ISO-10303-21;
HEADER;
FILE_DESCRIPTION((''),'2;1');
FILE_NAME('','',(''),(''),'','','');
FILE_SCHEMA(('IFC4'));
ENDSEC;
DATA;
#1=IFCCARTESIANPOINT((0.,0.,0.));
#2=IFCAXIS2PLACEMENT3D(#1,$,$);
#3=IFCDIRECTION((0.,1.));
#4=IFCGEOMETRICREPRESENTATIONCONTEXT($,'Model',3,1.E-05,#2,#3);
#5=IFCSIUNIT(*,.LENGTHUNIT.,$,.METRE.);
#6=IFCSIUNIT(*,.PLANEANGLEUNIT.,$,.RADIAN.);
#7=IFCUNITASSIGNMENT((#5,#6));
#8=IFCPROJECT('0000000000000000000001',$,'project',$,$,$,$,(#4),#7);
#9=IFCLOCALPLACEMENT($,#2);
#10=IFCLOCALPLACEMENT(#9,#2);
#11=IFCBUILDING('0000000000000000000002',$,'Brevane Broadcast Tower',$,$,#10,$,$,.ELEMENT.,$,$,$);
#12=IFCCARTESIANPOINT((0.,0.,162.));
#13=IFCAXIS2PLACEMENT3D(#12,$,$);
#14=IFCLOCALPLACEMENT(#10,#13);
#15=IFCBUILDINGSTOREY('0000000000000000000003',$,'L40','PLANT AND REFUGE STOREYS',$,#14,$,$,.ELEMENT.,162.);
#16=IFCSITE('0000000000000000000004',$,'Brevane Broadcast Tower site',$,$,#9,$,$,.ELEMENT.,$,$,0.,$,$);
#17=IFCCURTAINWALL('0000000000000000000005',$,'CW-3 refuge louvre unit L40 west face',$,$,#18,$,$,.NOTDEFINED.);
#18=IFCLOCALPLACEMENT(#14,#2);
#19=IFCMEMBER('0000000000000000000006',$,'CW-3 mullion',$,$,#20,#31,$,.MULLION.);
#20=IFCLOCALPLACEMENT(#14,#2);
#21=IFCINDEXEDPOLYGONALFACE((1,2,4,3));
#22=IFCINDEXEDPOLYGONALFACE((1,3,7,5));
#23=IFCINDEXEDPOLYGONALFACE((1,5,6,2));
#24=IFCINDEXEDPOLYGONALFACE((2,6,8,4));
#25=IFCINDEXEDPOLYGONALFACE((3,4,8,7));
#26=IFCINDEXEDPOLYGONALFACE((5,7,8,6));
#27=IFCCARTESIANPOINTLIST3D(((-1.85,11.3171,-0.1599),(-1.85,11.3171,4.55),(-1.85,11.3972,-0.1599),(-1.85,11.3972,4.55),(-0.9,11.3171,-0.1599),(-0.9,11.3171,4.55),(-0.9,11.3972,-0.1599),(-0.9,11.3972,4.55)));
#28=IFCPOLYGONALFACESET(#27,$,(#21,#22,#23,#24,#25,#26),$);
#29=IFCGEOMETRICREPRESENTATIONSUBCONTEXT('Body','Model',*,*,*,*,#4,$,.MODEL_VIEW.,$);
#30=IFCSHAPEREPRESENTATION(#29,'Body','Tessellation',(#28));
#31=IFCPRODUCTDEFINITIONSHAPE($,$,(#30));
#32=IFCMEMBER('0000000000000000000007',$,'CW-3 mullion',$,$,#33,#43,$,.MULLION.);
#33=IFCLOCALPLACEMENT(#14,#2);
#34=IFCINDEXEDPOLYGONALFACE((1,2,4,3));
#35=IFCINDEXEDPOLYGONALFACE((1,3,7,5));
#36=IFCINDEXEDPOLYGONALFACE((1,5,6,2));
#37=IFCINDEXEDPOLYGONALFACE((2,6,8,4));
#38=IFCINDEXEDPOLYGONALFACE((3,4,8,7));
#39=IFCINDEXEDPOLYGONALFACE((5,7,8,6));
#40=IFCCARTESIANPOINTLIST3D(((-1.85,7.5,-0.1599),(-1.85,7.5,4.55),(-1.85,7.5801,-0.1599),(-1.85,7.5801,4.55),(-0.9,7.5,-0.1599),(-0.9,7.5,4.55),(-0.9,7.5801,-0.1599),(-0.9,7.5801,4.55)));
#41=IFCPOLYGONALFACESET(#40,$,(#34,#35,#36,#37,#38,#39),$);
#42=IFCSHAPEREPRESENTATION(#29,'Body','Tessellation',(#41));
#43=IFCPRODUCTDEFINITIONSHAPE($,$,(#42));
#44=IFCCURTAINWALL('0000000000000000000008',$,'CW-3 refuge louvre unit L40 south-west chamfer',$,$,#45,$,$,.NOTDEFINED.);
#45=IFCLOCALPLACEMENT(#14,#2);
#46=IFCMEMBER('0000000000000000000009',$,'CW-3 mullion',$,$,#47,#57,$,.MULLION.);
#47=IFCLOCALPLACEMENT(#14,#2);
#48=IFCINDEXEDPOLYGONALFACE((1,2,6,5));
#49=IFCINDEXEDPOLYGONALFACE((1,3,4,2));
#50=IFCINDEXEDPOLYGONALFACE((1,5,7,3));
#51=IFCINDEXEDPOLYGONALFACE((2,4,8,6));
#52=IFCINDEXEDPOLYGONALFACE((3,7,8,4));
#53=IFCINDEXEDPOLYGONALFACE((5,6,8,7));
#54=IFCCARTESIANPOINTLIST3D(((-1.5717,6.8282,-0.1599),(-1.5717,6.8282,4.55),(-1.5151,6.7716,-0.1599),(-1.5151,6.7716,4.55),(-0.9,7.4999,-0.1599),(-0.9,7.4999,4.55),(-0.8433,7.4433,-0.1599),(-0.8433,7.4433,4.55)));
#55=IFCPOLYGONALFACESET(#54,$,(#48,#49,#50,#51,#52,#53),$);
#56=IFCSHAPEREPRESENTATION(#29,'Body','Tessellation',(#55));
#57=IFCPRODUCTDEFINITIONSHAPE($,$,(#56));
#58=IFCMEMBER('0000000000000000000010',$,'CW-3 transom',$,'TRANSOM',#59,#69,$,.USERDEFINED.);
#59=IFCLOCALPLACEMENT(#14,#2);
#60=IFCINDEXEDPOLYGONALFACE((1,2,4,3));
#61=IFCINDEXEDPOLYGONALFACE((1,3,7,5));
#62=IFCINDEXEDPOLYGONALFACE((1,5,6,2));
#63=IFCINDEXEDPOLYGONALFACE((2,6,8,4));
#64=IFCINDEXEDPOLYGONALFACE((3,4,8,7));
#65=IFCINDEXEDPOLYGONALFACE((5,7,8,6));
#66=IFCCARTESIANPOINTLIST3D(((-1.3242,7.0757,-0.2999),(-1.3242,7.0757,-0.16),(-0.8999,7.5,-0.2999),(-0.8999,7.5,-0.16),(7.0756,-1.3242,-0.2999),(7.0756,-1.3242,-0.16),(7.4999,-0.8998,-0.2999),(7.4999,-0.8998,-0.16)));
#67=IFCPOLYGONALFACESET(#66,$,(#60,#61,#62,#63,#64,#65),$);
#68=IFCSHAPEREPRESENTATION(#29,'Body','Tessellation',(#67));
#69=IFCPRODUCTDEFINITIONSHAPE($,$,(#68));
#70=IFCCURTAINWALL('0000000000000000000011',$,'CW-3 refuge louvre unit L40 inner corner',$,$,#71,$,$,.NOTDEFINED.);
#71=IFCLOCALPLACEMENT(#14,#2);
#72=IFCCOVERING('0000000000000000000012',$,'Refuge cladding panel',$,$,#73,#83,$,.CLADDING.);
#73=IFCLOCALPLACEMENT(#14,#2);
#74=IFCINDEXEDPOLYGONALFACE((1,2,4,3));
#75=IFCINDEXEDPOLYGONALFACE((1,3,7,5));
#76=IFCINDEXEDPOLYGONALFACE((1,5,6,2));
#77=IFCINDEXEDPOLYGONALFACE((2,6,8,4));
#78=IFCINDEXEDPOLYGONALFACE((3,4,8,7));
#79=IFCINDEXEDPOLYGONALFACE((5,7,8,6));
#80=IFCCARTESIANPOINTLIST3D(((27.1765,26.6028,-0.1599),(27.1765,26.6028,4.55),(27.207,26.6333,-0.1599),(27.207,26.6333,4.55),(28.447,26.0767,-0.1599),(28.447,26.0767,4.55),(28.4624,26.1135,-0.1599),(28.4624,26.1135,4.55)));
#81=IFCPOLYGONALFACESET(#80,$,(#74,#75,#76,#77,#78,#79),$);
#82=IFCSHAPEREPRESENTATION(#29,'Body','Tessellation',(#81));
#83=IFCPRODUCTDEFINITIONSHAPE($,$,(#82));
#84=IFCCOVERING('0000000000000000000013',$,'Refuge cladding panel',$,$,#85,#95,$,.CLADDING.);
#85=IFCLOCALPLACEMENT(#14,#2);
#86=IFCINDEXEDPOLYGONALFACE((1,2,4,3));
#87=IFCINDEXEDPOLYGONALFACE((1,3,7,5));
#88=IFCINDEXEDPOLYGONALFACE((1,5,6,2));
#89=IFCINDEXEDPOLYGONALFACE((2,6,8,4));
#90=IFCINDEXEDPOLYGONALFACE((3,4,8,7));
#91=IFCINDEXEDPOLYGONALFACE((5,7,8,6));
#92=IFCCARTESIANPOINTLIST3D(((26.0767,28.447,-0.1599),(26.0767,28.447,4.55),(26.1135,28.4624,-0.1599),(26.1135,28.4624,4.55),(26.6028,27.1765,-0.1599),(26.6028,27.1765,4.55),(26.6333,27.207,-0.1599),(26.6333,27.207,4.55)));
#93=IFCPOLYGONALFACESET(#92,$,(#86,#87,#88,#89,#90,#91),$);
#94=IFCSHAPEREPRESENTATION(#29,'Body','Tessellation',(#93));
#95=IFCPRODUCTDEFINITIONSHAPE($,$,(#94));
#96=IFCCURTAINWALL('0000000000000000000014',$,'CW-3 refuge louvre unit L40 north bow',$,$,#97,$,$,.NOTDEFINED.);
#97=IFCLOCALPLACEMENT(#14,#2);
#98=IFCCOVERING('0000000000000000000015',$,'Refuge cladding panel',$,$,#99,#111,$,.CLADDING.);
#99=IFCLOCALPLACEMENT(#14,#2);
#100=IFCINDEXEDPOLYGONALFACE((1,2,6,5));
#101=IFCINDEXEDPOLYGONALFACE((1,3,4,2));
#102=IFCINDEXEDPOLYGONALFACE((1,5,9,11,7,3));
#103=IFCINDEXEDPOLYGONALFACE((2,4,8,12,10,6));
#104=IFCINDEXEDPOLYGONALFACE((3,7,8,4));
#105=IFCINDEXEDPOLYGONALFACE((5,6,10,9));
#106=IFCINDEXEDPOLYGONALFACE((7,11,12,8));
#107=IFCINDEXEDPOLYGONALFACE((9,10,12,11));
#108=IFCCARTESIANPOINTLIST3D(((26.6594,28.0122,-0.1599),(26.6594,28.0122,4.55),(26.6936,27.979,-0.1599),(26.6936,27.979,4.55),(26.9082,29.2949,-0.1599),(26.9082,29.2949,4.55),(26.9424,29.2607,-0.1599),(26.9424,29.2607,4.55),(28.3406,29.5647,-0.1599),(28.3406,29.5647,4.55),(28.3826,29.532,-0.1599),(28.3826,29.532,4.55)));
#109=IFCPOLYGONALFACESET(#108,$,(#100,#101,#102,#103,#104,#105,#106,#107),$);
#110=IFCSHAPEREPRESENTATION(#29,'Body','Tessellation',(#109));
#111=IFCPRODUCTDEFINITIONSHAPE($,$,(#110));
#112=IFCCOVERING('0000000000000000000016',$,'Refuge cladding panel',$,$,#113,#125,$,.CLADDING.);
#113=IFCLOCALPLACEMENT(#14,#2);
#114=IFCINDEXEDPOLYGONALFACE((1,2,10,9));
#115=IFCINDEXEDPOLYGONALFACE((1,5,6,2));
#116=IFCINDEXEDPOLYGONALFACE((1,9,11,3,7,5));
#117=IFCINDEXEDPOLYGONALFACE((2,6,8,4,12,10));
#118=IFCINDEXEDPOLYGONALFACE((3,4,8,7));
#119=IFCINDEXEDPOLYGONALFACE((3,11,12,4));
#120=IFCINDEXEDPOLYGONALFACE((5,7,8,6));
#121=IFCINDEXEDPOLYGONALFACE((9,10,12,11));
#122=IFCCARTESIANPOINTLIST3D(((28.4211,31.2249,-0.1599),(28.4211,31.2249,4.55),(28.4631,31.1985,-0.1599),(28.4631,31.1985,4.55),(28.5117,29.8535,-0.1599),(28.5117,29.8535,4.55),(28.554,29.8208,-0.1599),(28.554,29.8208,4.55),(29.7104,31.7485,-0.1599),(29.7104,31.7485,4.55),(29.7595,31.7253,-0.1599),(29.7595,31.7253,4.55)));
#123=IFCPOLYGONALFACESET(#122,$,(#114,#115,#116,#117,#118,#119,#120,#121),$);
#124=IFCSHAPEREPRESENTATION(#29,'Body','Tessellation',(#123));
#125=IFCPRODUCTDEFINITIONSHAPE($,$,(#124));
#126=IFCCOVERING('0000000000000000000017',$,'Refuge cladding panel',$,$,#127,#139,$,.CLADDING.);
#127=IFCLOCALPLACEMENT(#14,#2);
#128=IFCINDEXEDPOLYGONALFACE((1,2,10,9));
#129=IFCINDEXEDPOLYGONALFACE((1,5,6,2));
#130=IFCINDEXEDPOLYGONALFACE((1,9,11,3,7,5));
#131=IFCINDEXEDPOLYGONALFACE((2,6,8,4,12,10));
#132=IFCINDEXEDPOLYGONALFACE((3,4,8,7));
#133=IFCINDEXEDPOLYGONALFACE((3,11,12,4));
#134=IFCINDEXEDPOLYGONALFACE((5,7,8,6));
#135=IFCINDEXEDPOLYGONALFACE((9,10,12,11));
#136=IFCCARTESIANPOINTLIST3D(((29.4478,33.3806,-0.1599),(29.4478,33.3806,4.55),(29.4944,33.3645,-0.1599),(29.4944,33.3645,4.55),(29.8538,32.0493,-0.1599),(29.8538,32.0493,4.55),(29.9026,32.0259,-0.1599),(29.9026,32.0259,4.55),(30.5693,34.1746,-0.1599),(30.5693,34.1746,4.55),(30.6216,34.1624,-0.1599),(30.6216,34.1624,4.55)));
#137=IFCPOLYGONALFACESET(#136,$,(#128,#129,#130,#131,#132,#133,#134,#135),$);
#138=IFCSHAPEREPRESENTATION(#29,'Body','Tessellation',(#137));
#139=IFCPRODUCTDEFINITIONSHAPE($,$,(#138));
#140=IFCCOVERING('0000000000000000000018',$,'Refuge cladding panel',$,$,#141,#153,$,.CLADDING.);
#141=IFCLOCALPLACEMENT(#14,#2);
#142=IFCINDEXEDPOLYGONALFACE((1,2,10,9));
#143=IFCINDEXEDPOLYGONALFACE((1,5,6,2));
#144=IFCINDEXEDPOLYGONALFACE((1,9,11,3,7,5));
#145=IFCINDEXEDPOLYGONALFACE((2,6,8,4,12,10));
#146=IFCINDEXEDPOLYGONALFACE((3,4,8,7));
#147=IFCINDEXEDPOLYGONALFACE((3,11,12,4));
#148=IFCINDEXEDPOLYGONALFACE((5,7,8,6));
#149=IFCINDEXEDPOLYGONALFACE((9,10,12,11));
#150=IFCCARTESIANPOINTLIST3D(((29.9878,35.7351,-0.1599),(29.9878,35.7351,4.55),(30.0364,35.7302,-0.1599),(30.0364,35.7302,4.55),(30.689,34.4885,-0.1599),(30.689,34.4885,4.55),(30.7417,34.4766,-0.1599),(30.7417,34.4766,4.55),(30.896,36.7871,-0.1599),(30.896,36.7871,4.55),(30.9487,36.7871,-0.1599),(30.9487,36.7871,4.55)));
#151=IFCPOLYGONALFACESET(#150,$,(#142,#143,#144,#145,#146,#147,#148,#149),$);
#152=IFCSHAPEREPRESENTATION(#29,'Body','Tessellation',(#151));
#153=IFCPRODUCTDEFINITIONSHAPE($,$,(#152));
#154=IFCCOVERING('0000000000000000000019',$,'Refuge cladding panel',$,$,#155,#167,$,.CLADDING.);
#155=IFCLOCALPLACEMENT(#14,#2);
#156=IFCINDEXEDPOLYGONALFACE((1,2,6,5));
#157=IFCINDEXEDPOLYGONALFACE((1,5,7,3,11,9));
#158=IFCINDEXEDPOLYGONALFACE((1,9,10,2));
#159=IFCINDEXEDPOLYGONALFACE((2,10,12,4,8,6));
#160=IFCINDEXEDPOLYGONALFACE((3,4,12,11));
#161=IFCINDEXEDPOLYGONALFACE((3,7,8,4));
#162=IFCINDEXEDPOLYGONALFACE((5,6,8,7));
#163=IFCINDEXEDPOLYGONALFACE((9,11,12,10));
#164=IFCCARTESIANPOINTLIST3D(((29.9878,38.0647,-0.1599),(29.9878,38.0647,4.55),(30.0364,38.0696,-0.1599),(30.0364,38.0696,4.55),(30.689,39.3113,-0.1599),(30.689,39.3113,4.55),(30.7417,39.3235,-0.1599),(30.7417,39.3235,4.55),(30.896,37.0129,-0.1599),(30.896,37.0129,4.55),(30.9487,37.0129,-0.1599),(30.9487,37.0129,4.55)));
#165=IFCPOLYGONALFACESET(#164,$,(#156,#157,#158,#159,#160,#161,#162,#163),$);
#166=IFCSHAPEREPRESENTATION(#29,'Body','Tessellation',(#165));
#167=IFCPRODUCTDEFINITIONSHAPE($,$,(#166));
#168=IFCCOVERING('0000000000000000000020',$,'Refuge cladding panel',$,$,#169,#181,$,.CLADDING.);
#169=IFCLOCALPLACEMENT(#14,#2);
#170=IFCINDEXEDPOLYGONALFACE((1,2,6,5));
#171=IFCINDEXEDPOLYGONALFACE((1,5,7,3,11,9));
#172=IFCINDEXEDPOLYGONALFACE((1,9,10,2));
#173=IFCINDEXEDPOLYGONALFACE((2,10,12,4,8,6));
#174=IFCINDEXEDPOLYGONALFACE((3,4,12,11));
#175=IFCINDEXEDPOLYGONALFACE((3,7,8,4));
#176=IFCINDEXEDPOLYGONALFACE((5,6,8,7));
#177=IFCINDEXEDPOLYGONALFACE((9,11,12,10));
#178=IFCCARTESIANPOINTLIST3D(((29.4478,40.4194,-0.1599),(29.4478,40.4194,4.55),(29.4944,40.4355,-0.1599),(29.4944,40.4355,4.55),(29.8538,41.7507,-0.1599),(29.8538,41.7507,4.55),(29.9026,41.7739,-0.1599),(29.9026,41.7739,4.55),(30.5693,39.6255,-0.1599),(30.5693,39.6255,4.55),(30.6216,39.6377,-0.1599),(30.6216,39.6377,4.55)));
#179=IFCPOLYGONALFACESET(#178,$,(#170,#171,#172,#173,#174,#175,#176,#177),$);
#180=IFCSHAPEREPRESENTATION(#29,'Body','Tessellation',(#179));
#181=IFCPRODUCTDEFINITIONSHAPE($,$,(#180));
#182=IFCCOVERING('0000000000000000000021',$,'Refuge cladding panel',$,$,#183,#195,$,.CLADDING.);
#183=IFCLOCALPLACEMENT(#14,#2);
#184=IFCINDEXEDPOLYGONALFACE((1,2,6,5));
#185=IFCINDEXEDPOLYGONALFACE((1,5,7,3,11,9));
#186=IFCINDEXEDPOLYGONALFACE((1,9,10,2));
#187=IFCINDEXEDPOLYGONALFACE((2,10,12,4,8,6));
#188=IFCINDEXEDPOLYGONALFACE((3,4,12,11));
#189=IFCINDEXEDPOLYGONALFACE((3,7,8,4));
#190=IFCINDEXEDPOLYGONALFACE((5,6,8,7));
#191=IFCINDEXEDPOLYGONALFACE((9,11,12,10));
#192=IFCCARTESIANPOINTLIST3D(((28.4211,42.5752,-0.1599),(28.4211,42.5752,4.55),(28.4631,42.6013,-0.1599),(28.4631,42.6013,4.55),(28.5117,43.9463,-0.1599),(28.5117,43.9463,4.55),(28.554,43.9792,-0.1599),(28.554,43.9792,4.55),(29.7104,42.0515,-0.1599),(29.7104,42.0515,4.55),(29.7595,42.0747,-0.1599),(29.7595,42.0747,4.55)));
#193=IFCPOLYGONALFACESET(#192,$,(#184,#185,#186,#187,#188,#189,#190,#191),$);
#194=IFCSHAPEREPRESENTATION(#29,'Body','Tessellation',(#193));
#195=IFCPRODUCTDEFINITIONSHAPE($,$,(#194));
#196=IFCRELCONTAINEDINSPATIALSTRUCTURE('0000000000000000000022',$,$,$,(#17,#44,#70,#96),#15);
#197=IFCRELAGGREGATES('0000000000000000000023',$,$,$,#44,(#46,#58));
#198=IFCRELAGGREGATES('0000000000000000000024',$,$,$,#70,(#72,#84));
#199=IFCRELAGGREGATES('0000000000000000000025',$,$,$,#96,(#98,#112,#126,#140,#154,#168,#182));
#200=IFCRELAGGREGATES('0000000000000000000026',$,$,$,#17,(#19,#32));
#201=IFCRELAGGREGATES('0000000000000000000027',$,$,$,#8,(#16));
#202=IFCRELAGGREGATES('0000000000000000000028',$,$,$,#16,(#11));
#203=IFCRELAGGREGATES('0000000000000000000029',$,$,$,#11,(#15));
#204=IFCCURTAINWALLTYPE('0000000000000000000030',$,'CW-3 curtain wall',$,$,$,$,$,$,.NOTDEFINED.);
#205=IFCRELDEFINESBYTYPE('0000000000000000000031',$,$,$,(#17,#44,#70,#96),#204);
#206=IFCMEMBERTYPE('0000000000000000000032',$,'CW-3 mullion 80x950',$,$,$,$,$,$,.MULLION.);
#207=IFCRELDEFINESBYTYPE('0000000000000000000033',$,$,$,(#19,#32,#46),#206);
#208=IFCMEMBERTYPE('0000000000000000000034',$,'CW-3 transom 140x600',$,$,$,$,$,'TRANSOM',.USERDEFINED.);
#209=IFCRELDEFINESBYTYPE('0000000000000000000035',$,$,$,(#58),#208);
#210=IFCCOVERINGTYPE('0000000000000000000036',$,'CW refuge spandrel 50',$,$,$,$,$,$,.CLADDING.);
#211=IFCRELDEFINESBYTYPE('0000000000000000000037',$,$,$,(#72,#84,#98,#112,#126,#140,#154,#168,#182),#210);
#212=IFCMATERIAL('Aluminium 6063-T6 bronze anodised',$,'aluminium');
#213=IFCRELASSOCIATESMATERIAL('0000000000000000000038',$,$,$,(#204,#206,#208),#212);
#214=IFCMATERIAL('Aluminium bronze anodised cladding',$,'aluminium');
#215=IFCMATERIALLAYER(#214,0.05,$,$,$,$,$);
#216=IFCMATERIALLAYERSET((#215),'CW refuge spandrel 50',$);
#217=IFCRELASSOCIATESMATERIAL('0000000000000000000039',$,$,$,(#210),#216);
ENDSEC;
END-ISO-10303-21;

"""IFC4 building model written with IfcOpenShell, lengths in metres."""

from ifc_helpers import new_model, si_unit, direction, frame, origin, origin_2d, place, context, subcontext, project, spatial, polyline, rectangle, outline, extrude, material, layer, layer_set, material_profile, profile_set, type_object, element, aggregate, save


model = new_model("IFC4")

# Units and contexts
model_context = context("Model", 3, precision=1e-05, world=origin(), true_north=direction((0.0, 1.0)))
body_context = subcontext(model_context, "Body", "Model", "MODEL_VIEW")
ifc_project = project(units=[si_unit("LENGTHUNIT", "METRE"), si_unit("PLANEANGLEUNIT", "RADIAN")], contexts=[model_context])

# Site, building, storey
site_placement = place(None, origin())
site = spatial("IfcSite", under=ifc_project, at=site_placement, Name="Brevane Broadcast Tower site", CompositionType="ELEMENT", RefElevation=0.0)
building_placement = place(site_placement, origin())
building = spatial("IfcBuilding", under=site, at=building_placement, Name="Brevane Broadcast Tower", CompositionType="ELEMENT")
storey_placement = place(building_placement, frame((0.0, 0.0, 162.0)))
storey = spatial("IfcBuildingStorey", under=building, at=storey_placement, Name="L40", Description="PLANT AND REFUGE STOREYS", CompositionType="ELEMENT", Elevation=162.0)

# Curtain walls, members
ifc_material_1 = material(Name="Aluminium 6063-T6 bronze anodised", Category="aluminium")
curtain_wall_type = type_object("IfcCurtainWallType", Name="CW-3 curtain wall", PredefinedType="NOTDEFINED", material=ifc_material_1)
curtain_wall_1_placement = place(storey_placement, origin())
curtain_wall_1 = element("IfcCurtainWall", 1, at=curtain_wall_1_placement, inside=storey, type_object=curtain_wall_type, Name="CW-3 refuge louvre unit L40 west face", PredefinedType="NOTDEFINED")
ifc_material_profile_1 = material_profile(ifc_material_1, rectangle(XDim=0.95, YDim=0.0801, at=origin_2d()), Name="RECT 80x950")
ifc_profile_set_1 = profile_set([ifc_material_profile_1], Name="Aluminium 6063-T6 bronze anodised")
member_type_1 = type_object("IfcMemberType", Name="CW-3 mullion 80x950", PredefinedType="MULLION", material=ifc_profile_set_1)
member_1_placement = place(storey_placement, frame((-1.375, 11.3572, -0.1599), z_axis=(0.0, 0.0, 1.0), x_axis=(1.0, 0.0, 0.0)))
member_1 = element("IfcMember", 2, at=member_1_placement, type_object=member_type_1, Name="CW-3 mullion", PredefinedType="MULLION", context=body_context, shape_type="SweptSolid", body=[
    extrude(rectangle(XDim=0.95, YDim=0.0801, at=origin_2d()), origin(), (0.0, 0.0, 1.0), 4.71),
])
member_2_placement = place(storey_placement, frame((-1.375, 7.54, -0.1599), z_axis=(0.0, 0.0, 1.0), x_axis=(1.0, 0.0, 0.0)))
member_2 = element("IfcMember", 3, at=member_2_placement, type_object=member_type_1, Name="CW-3 mullion", PredefinedType="MULLION", context=body_context, shape_type="SweptSolid", body=[
    extrude(rectangle(XDim=0.95, YDim=0.0801, at=origin_2d()), origin(), (0.0, 0.0, 1.0), 4.71),
])
curtain_wall_2_placement = place(storey_placement, origin())
curtain_wall_2 = element("IfcCurtainWall", 4, at=curtain_wall_2_placement, inside=storey, type_object=curtain_wall_type, Name="CW-3 refuge louvre unit L40 south-west chamfer", PredefinedType="NOTDEFINED")
member_3_placement = place(storey_placement, frame((-1.2075, 7.1357, -0.1599), z_axis=(0.0, 0.0, 1.0), x_axis=(0.707107, 0.707107, 0.0)))
member_3 = element("IfcMember", 5, at=member_3_placement, type_object=member_type_1, Name="CW-3 mullion", PredefinedType="MULLION", context=body_context, shape_type="SweptSolid", body=[
    extrude(rectangle(XDim=0.95, YDim=0.0801, at=origin_2d()), origin(), (0.0, 0.0, 1.0), 4.71),
])
ifc_material_profile_2 = material_profile(ifc_material_1, rectangle(XDim=0.6001, YDim=0.1399, at=origin_2d()), Name="RECT 140x600")
ifc_profile_set_2 = profile_set([ifc_material_profile_2], Name="Aluminium 6063-T6 bronze anodised")
member_type_2 = type_object("IfcMemberType", Name="CW-3 transom 140x600", ElementType="TRANSOM", PredefinedType="USERDEFINED", material=ifc_profile_set_2)
member_4_placement = place(storey_placement, frame((-1.1121, 7.2878, -0.23), z_axis=(0.707107, -0.707107, 0.0), x_axis=(0.707107, 0.707107, 0.0)))
member_4 = element("IfcMember", 6, at=member_4_placement, type_object=member_type_2, Name="CW-3 transom", ObjectType="TRANSOM", PredefinedType="USERDEFINED", context=body_context, shape_type="SweptSolid", body=[
    extrude(rectangle(XDim=0.6001, YDim=0.1399, at=origin_2d()), origin(), (0.0, 0.0, 1.0), 11.8792),
])
aggregate(curtain_wall_2, [member_3, member_4])

# Curtain walls, coverings
curtain_wall_3_placement = place(storey_placement, origin())
curtain_wall_3 = element("IfcCurtainWall", 7, at=curtain_wall_3_placement, inside=storey, type_object=curtain_wall_type, Name="CW-3 refuge louvre unit L40 inner corner", PredefinedType="NOTDEFINED")
ifc_material_2 = material(Name="Aluminium bronze anodised cladding", Category="aluminium")
ifc_layer = layer(ifc_material_2, 0.05)
ifc_layer_set = layer_set([ifc_layer], Name="CW refuge spandrel 50")
covering_type = type_object("IfcCoveringType", Name="CW refuge spandrel 50", PredefinedType="CLADDING", material=ifc_layer_set)
covering_1_placement = place(storey_placement, frame((0.0, 0.0, -0.1599)))
covering_1 = element("IfcCovering", 8, at=covering_1_placement, type_object=covering_type, Name="Refuge cladding panel", PredefinedType="CLADDING", context=body_context, shape_type="SweptSolid", body=[
    extrude(outline(polyline([(28.447, 26.0767), (28.4624, 26.1135), (27.207, 26.6333), (27.1765, 26.6028), (28.447, 26.0767)])), origin(), (0.0, 0.0, 1.0), 4.71),
])
covering_2_placement = place(storey_placement, frame((0.0, 0.0, -0.1599)))
covering_2 = element("IfcCovering", 9, at=covering_2_placement, type_object=covering_type, Name="Refuge cladding panel", PredefinedType="CLADDING", context=body_context, shape_type="SweptSolid", body=[
    extrude(outline(polyline([(26.6028, 27.1765), (26.6333, 27.207), (26.1135, 28.4624), (26.0767, 28.447), (26.6028, 27.1765)])), origin(), (0.0, 0.0, 1.0), 4.71),
])
aggregate(curtain_wall_3, [covering_1, covering_2])
curtain_wall_4_placement = place(storey_placement, origin())
curtain_wall_4 = element("IfcCurtainWall", 10, at=curtain_wall_4_placement, inside=storey, type_object=curtain_wall_type, Name="CW-3 refuge louvre unit L40 north bow", PredefinedType="NOTDEFINED")
covering_3_placement = place(storey_placement, frame((0.0, 0.0, -0.1599)))
covering_3 = element("IfcCovering", 11, at=covering_3_placement, type_object=covering_type, Name="Refuge cladding panel", PredefinedType="CLADDING", context=body_context, shape_type="SweptSolid", body=[
    extrude(outline(polyline([(26.6594, 28.0122), (26.6936, 27.979), (26.9424, 29.2607), (28.3826, 29.532), (28.3406, 29.5647), (26.9082, 29.2949), (26.6594, 28.0122)])), origin(), (0.0, 0.0, 1.0), 4.71),
])
covering_4_placement = place(storey_placement, frame((0.0, 0.0, -0.1599)))
covering_4 = element("IfcCovering", 12, at=covering_4_placement, type_object=covering_type, Name="Refuge cladding panel", PredefinedType="CLADDING", context=body_context, shape_type="SweptSolid", body=[
    extrude(outline(polyline([(28.5117, 29.8535), (28.554, 29.8208), (28.4631, 31.1985), (29.7595, 31.7253), (29.7104, 31.7485), (28.4211, 31.2249), (28.5117, 29.8535)])), origin(), (0.0, 0.0, 1.0), 4.71),
])
covering_5_placement = place(storey_placement, frame((0.0, 0.0, -0.1599)))
covering_5 = element("IfcCovering", 13, at=covering_5_placement, type_object=covering_type, Name="Refuge cladding panel", PredefinedType="CLADDING", context=body_context, shape_type="SweptSolid", body=[
    extrude(outline(polyline([(29.8538, 32.0493), (29.9026, 32.0259), (29.4944, 33.3645), (30.6216, 34.1624), (30.5693, 34.1746), (29.4478, 33.3806), (29.8538, 32.0493)])), origin(), (0.0, 0.0, 1.0), 4.71),
])
covering_6_placement = place(storey_placement, frame((0.0, 0.0, -0.1599)))
covering_6 = element("IfcCovering", 14, at=covering_6_placement, type_object=covering_type, Name="Refuge cladding panel", PredefinedType="CLADDING", context=body_context, shape_type="SweptSolid", body=[
    extrude(outline(polyline([(30.689, 34.4885), (30.7417, 34.4766), (30.0364, 35.7302), (30.9487, 36.7871), (30.896, 36.7871), (29.9878, 35.7351), (30.689, 34.4885)])), origin(), (0.0, 0.0, 1.0), 4.71),
])
covering_7_placement = place(storey_placement, frame((0.0, 0.0, -0.1599)))
covering_7 = element("IfcCovering", 15, at=covering_7_placement, type_object=covering_type, Name="Refuge cladding panel", PredefinedType="CLADDING", context=body_context, shape_type="SweptSolid", body=[
    extrude(outline(polyline([(30.896, 37.0129), (30.9487, 37.0129), (30.0364, 38.0696), (30.7417, 39.3235), (30.689, 39.3113), (29.9878, 38.0647), (30.896, 37.0129)])), origin(), (0.0, 0.0, 1.0), 4.71),
])
covering_8_placement = place(storey_placement, frame((0.0, 0.0, -0.1599)))
covering_8 = element("IfcCovering", 16, at=covering_8_placement, type_object=covering_type, Name="Refuge cladding panel", PredefinedType="CLADDING", context=body_context, shape_type="SweptSolid", body=[
    extrude(outline(polyline([(30.5693, 39.6255), (30.6216, 39.6377), (29.4944, 40.4355), (29.9026, 41.7739), (29.8538, 41.7507), (29.4478, 40.4194), (30.5693, 39.6255)])), origin(), (0.0, 0.0, 1.0), 4.71),
])
covering_9_placement = place(storey_placement, frame((0.0, 0.0, -0.1599)))
covering_9 = element("IfcCovering", 17, at=covering_9_placement, type_object=covering_type, Name="Refuge cladding panel", PredefinedType="CLADDING", context=body_context, shape_type="SweptSolid", body=[
    extrude(outline(polyline([(29.7104, 42.0515), (29.7595, 42.0747), (28.4631, 42.6013), (28.554, 43.9792), (28.5117, 43.9463), (28.4211, 42.5752), (29.7104, 42.0515)])), origin(), (0.0, 0.0, 1.0), 4.71),
])
aggregate(curtain_wall_4, [covering_3, covering_4, covering_5, covering_6, covering_7, covering_8, covering_9])

aggregate(curtain_wall_1, [member_1, member_2])

save(model, "model.ifc")
